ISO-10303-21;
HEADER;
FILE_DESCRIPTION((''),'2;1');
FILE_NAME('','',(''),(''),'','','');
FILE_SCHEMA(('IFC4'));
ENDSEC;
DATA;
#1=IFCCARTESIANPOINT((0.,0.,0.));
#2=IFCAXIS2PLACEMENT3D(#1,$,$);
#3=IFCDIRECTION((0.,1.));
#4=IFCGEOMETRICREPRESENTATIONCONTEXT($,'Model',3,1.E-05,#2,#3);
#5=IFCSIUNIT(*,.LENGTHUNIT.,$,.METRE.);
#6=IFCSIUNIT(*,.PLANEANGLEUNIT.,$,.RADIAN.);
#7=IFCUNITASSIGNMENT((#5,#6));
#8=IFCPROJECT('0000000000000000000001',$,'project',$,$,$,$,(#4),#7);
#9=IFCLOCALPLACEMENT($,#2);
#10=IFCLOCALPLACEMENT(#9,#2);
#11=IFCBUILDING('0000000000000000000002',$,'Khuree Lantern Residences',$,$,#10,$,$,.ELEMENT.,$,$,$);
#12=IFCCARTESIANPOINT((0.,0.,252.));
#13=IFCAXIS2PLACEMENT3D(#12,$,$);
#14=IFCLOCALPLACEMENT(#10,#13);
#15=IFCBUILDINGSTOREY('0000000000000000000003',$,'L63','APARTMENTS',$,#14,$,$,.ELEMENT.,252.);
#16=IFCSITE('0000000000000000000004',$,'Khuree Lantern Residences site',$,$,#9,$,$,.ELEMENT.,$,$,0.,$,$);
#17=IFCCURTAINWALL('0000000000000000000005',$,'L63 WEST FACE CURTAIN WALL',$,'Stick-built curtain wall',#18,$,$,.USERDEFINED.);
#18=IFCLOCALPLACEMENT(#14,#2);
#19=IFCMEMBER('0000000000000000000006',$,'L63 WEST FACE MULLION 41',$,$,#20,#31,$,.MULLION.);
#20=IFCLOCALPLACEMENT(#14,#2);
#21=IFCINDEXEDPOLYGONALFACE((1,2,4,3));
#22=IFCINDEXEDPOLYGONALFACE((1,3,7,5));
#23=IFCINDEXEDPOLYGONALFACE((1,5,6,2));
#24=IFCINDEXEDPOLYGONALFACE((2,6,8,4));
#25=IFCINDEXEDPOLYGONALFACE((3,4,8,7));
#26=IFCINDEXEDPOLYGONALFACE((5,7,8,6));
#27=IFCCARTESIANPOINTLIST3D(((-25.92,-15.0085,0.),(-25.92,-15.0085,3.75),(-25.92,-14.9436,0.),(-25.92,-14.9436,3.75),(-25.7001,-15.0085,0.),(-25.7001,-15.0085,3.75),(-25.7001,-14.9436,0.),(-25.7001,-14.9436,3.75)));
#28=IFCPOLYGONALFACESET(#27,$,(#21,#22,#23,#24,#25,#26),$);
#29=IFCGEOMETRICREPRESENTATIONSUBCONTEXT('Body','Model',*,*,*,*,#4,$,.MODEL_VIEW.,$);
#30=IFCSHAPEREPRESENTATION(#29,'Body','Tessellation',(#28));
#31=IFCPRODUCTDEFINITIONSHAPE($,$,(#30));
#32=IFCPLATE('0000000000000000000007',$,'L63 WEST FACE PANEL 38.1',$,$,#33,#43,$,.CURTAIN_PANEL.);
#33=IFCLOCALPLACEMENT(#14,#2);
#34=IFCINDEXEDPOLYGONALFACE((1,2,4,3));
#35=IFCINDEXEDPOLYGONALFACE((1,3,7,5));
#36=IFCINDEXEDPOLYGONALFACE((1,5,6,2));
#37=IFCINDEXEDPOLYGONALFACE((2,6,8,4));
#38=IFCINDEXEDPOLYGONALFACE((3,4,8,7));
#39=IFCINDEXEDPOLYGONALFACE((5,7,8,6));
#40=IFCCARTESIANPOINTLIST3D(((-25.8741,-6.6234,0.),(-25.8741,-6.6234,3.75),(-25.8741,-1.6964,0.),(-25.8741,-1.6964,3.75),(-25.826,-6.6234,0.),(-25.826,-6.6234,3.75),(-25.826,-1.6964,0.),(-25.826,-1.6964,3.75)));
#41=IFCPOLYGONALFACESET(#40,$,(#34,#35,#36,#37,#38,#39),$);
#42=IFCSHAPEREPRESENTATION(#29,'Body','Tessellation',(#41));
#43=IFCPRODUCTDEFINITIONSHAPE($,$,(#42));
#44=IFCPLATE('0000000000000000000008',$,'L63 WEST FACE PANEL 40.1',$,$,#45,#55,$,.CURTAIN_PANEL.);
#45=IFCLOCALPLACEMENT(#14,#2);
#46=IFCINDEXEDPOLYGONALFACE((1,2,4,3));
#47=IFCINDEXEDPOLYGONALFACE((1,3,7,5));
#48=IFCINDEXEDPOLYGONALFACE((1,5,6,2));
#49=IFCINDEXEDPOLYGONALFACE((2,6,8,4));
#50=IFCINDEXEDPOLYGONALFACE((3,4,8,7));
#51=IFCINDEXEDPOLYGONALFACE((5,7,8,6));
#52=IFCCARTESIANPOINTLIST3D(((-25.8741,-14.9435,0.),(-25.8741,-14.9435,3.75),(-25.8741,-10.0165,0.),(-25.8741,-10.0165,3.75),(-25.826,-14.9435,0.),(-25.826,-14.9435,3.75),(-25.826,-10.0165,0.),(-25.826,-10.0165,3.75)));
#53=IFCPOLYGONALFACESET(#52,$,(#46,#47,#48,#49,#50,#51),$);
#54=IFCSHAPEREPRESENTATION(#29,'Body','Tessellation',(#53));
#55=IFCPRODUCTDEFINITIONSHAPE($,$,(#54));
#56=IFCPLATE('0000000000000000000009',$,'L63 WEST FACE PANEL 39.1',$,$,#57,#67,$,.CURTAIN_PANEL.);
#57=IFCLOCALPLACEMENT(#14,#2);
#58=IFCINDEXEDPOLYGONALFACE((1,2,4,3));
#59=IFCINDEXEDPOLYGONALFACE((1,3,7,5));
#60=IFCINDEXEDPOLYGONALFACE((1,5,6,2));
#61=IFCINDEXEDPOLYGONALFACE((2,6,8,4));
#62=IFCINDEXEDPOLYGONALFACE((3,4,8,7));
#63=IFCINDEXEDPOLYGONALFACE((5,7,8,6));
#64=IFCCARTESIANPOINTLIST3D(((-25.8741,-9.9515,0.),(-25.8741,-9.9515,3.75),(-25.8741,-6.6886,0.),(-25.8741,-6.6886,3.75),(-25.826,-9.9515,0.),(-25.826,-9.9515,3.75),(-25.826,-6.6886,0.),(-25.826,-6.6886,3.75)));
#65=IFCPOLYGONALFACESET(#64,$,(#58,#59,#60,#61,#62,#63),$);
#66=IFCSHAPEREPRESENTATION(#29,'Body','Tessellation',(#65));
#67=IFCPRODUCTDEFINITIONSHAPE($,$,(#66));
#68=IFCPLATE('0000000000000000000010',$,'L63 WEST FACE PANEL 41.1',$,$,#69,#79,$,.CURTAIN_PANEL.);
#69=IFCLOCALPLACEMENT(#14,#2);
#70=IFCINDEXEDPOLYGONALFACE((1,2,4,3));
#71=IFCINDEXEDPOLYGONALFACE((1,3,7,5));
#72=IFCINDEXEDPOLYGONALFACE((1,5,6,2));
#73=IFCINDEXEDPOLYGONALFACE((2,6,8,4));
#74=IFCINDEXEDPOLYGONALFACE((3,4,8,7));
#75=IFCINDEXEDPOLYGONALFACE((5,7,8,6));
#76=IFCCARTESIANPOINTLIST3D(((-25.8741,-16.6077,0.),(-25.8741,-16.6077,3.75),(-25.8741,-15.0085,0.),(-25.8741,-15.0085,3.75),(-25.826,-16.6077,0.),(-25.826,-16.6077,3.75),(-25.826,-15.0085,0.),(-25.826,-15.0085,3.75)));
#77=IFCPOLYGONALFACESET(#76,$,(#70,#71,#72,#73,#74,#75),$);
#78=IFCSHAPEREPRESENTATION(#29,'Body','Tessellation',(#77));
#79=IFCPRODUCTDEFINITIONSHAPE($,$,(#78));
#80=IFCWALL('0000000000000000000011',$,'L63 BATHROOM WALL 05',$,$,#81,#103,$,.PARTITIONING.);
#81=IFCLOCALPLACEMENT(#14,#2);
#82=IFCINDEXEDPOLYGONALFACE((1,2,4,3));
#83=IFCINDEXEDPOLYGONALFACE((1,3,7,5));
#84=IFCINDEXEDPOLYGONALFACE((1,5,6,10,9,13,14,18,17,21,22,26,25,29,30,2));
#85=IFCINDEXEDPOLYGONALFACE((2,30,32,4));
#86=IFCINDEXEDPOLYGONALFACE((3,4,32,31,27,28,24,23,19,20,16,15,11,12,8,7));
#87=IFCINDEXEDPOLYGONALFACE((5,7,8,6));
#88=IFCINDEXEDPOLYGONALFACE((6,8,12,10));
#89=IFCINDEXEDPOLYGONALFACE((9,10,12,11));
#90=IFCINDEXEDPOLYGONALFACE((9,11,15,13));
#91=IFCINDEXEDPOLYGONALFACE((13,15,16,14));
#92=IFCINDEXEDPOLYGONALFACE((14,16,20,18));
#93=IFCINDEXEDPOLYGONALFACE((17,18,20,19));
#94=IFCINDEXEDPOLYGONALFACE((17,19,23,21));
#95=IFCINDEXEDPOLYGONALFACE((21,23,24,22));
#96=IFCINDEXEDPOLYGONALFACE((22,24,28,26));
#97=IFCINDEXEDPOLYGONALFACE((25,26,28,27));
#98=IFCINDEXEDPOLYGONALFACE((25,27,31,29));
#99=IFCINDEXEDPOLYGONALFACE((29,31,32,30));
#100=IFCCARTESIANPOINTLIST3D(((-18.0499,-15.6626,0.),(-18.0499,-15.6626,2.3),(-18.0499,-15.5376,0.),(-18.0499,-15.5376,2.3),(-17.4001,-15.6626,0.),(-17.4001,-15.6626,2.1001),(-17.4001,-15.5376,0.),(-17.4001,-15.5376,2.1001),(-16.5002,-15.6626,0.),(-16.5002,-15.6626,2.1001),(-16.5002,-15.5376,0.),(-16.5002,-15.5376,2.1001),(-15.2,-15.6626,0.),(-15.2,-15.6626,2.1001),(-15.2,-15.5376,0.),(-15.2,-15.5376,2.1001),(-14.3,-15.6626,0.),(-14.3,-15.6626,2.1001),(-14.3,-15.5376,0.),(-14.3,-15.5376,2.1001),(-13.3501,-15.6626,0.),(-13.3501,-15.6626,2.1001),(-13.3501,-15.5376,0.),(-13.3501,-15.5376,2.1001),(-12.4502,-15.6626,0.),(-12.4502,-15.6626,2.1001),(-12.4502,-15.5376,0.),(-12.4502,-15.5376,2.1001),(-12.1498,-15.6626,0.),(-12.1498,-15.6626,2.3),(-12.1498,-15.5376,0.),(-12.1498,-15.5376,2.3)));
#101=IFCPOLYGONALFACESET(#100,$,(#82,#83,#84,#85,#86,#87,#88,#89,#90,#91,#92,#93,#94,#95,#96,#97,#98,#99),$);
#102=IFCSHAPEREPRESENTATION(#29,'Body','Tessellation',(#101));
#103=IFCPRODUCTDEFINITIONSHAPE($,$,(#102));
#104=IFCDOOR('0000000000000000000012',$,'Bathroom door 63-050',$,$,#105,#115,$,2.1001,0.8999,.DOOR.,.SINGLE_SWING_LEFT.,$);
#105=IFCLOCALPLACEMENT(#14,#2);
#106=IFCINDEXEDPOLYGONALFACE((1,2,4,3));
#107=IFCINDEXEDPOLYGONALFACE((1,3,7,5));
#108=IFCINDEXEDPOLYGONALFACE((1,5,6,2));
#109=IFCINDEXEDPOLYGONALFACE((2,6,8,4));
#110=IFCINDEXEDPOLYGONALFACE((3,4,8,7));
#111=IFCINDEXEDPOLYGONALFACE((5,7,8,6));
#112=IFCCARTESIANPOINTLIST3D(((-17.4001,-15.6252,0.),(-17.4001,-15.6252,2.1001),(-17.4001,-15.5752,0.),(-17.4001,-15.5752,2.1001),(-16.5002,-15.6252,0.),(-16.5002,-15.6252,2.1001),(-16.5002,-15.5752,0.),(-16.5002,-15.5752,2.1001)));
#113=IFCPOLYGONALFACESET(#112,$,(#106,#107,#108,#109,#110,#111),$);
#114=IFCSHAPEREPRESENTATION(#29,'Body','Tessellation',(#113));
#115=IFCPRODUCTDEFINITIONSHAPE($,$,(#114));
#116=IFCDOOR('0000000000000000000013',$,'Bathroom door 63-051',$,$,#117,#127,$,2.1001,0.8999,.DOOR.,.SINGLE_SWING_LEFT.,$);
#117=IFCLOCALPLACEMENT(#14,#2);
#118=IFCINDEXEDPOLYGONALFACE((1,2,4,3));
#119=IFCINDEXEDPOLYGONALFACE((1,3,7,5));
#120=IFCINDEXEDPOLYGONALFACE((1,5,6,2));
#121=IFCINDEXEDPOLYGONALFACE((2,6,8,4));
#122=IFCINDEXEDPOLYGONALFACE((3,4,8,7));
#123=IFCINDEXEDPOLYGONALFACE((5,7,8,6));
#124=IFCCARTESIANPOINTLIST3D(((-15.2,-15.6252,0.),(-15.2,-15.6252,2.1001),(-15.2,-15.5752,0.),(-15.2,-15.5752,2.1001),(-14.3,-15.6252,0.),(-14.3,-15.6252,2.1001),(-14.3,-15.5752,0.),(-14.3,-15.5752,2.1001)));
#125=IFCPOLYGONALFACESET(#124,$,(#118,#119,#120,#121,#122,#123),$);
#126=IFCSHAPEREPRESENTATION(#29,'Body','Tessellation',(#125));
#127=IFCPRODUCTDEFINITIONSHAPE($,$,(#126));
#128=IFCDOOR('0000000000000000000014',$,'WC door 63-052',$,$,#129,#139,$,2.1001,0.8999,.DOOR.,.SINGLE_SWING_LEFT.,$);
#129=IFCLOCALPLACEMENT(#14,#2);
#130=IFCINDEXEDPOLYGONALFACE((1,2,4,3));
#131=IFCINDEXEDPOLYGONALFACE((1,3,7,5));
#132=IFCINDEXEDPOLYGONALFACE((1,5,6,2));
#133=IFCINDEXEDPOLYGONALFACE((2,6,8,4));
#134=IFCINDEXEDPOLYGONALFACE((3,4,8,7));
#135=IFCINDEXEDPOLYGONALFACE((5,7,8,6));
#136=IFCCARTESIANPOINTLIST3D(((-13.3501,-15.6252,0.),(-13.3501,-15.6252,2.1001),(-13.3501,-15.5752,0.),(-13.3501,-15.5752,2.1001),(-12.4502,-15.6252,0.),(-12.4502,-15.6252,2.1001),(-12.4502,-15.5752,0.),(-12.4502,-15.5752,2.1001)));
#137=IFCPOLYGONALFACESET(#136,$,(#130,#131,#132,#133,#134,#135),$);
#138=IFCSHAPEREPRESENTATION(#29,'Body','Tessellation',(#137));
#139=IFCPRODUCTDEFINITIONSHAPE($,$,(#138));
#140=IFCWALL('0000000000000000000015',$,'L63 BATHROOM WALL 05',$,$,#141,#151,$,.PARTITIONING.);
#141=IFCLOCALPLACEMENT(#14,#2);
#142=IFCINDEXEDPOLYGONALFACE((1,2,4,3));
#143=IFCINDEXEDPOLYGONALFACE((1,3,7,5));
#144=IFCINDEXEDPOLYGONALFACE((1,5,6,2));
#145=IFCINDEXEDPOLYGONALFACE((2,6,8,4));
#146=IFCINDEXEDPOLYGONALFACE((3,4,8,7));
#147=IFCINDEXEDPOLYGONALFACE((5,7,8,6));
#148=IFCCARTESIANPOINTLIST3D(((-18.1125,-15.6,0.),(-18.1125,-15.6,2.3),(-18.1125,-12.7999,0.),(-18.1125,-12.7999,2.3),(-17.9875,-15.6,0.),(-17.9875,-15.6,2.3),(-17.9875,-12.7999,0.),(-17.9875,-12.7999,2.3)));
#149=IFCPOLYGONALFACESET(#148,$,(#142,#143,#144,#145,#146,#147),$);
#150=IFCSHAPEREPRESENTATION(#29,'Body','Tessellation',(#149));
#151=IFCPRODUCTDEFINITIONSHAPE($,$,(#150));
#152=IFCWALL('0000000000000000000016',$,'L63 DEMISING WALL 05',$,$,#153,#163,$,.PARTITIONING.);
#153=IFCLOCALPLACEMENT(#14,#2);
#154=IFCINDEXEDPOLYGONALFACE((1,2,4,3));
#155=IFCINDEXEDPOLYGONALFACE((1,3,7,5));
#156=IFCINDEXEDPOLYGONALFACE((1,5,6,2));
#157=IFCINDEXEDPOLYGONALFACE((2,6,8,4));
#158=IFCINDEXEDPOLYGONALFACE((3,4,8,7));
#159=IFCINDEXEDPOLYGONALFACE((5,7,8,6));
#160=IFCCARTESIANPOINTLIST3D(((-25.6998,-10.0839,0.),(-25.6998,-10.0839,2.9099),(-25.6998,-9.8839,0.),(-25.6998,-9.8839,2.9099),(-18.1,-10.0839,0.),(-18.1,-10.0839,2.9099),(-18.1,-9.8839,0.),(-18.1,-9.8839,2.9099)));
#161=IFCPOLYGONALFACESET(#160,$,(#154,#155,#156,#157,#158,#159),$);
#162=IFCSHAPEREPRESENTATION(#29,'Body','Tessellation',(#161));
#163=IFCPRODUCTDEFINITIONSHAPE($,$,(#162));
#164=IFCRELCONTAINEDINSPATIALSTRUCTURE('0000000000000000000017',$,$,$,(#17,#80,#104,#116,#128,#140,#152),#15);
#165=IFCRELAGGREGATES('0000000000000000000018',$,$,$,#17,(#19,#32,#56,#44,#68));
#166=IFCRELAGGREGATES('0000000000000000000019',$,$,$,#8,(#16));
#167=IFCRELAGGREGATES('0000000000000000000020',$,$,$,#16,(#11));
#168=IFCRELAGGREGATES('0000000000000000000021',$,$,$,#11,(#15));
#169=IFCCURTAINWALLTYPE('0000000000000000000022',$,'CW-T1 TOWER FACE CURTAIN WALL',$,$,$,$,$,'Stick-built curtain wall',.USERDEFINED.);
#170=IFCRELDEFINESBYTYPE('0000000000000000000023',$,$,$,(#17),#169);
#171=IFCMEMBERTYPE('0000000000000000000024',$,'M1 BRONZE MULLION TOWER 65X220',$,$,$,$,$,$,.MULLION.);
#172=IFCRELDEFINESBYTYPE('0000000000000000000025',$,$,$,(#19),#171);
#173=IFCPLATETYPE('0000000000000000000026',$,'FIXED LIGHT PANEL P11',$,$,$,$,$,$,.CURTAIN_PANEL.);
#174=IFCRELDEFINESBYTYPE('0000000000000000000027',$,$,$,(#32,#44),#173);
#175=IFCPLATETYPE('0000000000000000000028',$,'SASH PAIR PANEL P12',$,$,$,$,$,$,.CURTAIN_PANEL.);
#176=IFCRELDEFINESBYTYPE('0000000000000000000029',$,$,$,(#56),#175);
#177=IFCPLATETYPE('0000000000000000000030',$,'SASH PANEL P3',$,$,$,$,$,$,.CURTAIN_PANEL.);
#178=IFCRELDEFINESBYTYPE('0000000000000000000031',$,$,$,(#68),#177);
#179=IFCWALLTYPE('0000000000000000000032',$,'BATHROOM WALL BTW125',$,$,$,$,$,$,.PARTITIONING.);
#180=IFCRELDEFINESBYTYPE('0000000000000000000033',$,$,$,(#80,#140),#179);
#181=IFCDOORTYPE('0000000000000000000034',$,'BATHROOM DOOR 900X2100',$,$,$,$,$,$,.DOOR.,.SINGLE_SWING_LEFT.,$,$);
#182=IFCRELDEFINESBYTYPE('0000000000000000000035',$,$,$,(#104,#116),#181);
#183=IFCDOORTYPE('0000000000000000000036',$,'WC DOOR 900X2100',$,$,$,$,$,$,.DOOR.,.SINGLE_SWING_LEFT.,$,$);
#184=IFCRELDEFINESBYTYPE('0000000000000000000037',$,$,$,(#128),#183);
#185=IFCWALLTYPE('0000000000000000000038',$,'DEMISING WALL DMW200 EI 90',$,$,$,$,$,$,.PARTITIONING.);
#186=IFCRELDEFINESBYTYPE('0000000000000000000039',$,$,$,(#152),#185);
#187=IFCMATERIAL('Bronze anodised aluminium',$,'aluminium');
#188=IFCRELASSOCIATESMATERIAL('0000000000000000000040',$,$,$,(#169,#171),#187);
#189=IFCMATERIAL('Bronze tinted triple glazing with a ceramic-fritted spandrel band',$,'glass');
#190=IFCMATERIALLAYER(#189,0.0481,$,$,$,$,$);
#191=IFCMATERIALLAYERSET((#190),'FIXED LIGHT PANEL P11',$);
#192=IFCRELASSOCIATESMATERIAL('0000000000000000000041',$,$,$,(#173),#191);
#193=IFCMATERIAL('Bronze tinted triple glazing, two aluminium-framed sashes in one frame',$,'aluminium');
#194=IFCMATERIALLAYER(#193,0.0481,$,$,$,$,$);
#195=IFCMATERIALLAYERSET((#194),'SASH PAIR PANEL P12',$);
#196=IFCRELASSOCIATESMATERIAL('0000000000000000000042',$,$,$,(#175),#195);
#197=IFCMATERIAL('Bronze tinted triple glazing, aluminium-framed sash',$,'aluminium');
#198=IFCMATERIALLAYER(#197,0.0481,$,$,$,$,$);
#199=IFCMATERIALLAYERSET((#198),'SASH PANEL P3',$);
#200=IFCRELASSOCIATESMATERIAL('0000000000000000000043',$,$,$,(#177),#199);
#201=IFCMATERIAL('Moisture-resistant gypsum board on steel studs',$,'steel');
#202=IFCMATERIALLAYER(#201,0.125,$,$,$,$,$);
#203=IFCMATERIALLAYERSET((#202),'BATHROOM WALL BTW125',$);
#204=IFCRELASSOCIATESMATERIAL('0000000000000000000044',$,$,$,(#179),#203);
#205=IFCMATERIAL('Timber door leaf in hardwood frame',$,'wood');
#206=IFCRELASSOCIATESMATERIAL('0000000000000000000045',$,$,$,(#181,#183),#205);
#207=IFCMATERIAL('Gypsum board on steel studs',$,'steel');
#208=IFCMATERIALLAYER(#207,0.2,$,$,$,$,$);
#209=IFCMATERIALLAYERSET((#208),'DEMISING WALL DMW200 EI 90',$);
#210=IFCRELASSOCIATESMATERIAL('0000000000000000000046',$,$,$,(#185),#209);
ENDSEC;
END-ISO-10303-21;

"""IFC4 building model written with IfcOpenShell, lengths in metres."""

from ifc_helpers import new_model, si_unit, direction, frame, frame_2d, origin, origin_2d, place, context, subcontext, project, spatial, rectangle, extrude, material, layer, layer_set, material_profile, profile_set, type_object, element, fill, aggregate, save


model = new_model("IFC4")

# Units and contexts
model_context = context("Model", 3, precision=1e-05, world=origin(), true_north=direction((0.0, 1.0)))
body_context = subcontext(model_context, "Body", "Model", "MODEL_VIEW")
ifc_project = project(units=[si_unit("LENGTHUNIT", "METRE"), si_unit("PLANEANGLEUNIT", "RADIAN")], contexts=[model_context])

# Site, building, storey
site_placement = place(None, origin())
site = spatial("IfcSite", under=ifc_project, at=site_placement, Name="Khuree Lantern Residences site", CompositionType="ELEMENT", RefElevation=0.0)
building_placement = place(site_placement, origin())
building = spatial("IfcBuilding", under=site, at=building_placement, Name="Khuree Lantern Residences", CompositionType="ELEMENT")
storey_placement = place(building_placement, frame((0.0, 0.0, 252.0)))
storey = spatial("IfcBuildingStorey", under=building, at=storey_placement, Name="L63", Description="APARTMENTS", CompositionType="ELEMENT", Elevation=252.0)

# Curtain wall
ifc_material_1 = material(Name="Bronze anodised aluminium", Category="aluminium")
curtain_wall_type = type_object("IfcCurtainWallType", Name="CW-T1 TOWER FACE CURTAIN WALL", ElementType="Stick-built curtain wall", PredefinedType="USERDEFINED", material=ifc_material_1)
curtain_wall_placement = place(storey_placement, origin())
curtain_wall = element("IfcCurtainWall", 1, at=curtain_wall_placement, inside=storey, type_object=curtain_wall_type, Name="L63 WEST FACE CURTAIN WALL", ObjectType="Stick-built curtain wall", PredefinedType="USERDEFINED")

# Member
ifc_material_profile_1 = material_profile(ifc_material_1, rectangle(XDim=0.0649, YDim=0.22, at=origin_2d()), Name="M1 65X220")
ifc_profile_set_1 = profile_set([ifc_material_profile_1], Name="Bronze anodised aluminium")
member_type_1 = type_object("IfcMemberType", Name="M1 BRONZE MULLION TOWER 65X220", PredefinedType="MULLION", material=ifc_profile_set_1)
member_1_placement = place(storey_placement, frame((-25.8101, -14.9761, 0.0), z_axis=(0.0, 0.0, 1.0), x_axis=(0.0, -1.0, 0.0)))
member_1 = element("IfcMember", 2, at=member_1_placement, type_object=member_type_1, Name="L63 WEST FACE MULLION 41", PredefinedType="MULLION", context=body_context, shape_type="SweptSolid", body=[
    extrude(rectangle(XDim=0.0649, YDim=0.22, at=origin_2d()), origin(), (0.0, 0.0, 1.0), 3.75),
])

# Plates
ifc_material_2 = material(Name="Bronze tinted triple glazing with a ceramic-fritted spandrel band", Category="glass")
ifc_layer_1 = layer(ifc_material_2, 0.0481)
ifc_layer_set_1 = layer_set([ifc_layer_1], Name="FIXED LIGHT PANEL P11")
plate_type_1 = type_object("IfcPlateType", Name="FIXED LIGHT PANEL P11", PredefinedType="CURTAIN_PANEL", material=ifc_layer_set_1)
plate_1_placement = place(storey_placement, frame((-25.8501, -4.1599, 0.0), z_axis=(0.0, 0.0, 1.0), x_axis=(0.0, -1.0, 0.0)))
plate_1 = element("IfcPlate", 3, at=plate_1_placement, type_object=plate_type_1, Name="L63 WEST FACE PANEL 38.1", PredefinedType="CURTAIN_PANEL", context=body_context, shape_type="SweptSolid", body=[
    extrude(rectangle(XDim=4.927, YDim=0.0481, at=origin_2d()), origin(), (0.0, 0.0, 1.0), 3.75),
])
plate_2_placement = place(storey_placement, frame((-25.8501, -12.48, 0.0), z_axis=(0.0, 0.0, 1.0), x_axis=(0.0, -1.0, 0.0)))
plate_2 = element("IfcPlate", 4, at=plate_2_placement, type_object=plate_type_1, Name="L63 WEST FACE PANEL 40.1", PredefinedType="CURTAIN_PANEL", context=body_context, shape_type="SweptSolid", body=[
    extrude(rectangle(XDim=4.927, YDim=0.0481, at=origin_2d()), origin(), (0.0, 0.0, 1.0), 3.75),
])
ifc_material_3 = material(Name="Bronze tinted triple glazing, two aluminium-framed sashes in one frame", Category="aluminium")
ifc_layer_2 = layer(ifc_material_3, 0.0481)
ifc_layer_set_2 = layer_set([ifc_layer_2], Name="SASH PAIR PANEL P12")
plate_type_2 = type_object("IfcPlateType", Name="SASH PAIR PANEL P12", PredefinedType="CURTAIN_PANEL", material=ifc_layer_set_2)
plate_3_placement = place(storey_placement, frame((-25.8501, -8.3201, 0.0), z_axis=(0.0, 0.0, 1.0), x_axis=(0.0, -1.0, 0.0)))
plate_3 = element("IfcPlate", 5, at=plate_3_placement, type_object=plate_type_2, Name="L63 WEST FACE PANEL 39.1", PredefinedType="CURTAIN_PANEL", context=body_context, shape_type="SweptSolid", body=[
    extrude(rectangle(XDim=3.2629, YDim=0.0481, at=origin_2d()), origin(), (0.0, 0.0, 1.0), 3.75),
])
ifc_material_4 = material(Name="Bronze tinted triple glazing, aluminium-framed sash", Category="aluminium")
ifc_layer_3 = layer(ifc_material_4, 0.0481)
ifc_layer_set_3 = layer_set([ifc_layer_3], Name="SASH PANEL P3")
plate_type_3 = type_object("IfcPlateType", Name="SASH PANEL P3", PredefinedType="CURTAIN_PANEL", material=ifc_layer_set_3)
plate_4_placement = place(storey_placement, frame((-25.8501, -15.8081, 0.0), z_axis=(0.0, 0.0, 1.0), x_axis=(0.0, -1.0, 0.0)))
plate_4 = element("IfcPlate", 6, at=plate_4_placement, type_object=plate_type_3, Name="L63 WEST FACE PANEL 41.1", PredefinedType="CURTAIN_PANEL", context=body_context, shape_type="SweptSolid", body=[
    extrude(rectangle(XDim=1.5991, YDim=0.0481, at=origin_2d()), origin(), (0.0, 0.0, 1.0), 3.75),
])
aggregate(curtain_wall, [member_1, plate_1, plate_3, plate_2, plate_4])

# Wall, openings, doors
ifc_material_5 = material(Name="Moisture-resistant gypsum board on steel studs", Category="steel")
ifc_layer_4 = layer(ifc_material_5, 0.125)
ifc_layer_set_4 = layer_set([ifc_layer_4], Name="BATHROOM WALL BTW125")
wall_type_1 = type_object("IfcWallType", Name="BATHROOM WALL BTW125", PredefinedType="PARTITIONING", material=ifc_layer_set_4)
wall_1_placement = place(storey_placement, frame((-18.05, -15.6001, 0.0), z_axis=(0.0, 0.0, 1.0), x_axis=(1.0, 0.0, 0.0)))
wall_1 = element("IfcWall", 7, at=wall_1_placement, inside=storey, type_object=wall_type_1, Name="L63 BATHROOM WALL 05", PredefinedType="PARTITIONING", context=body_context, shape_type="SweptSolid", body=[
    extrude(rectangle(XDim=5.9001, YDim=0.125, at=frame_2d((2.9502, 0.0))), origin(), (0.0, 0.0, 1.0), 2.3),
])
opening_1_placement = place(wall_1_placement, frame((0.6499, 0.0, 0.0)))
opening_1 = element("IfcOpeningElement", 8, at=opening_1_placement, cuts=wall_1, PredefinedType="OPENING", context=body_context, shape_type="SweptSolid", body=[
    extrude(rectangle(XDim=0.8999, YDim=2.1001, at=frame_2d((0.45, 1.05))), frame((0.0, 0.0725, 0.0), z_axis=(0.0, -1.0, 0.0), x_axis=(1.0, 0.0, 0.0)), (0.0, 0.0, 1.0), 0.145),
])
opening_2_placement = place(wall_1_placement, frame((2.8501, 0.0, 0.0)))
opening_2 = element("IfcOpeningElement", 9, at=opening_2_placement, cuts=wall_1, PredefinedType="OPENING", context=body_context, shape_type="SweptSolid", body=[
    extrude(rectangle(XDim=0.8999, YDim=2.1001, at=frame_2d((0.45, 1.05))), frame((0.0, 0.0725, 0.0), z_axis=(0.0, -1.0, 0.0), x_axis=(1.0, 0.0, 0.0)), (0.0, 0.0, 1.0), 0.145),
])
opening_3_placement = place(wall_1_placement, frame((4.7, 0.0, 0.0)))
opening_3 = element("IfcOpeningElement", 10, at=opening_3_placement, cuts=wall_1, PredefinedType="OPENING", context=body_context, shape_type="SweptSolid", body=[
    extrude(rectangle(XDim=0.8999, YDim=2.1001, at=frame_2d((0.45, 1.05))), frame((0.0, 0.0725, 0.0), z_axis=(0.0, -1.0, 0.0), x_axis=(1.0, 0.0, 0.0)), (0.0, 0.0, 1.0), 0.145),
])
ifc_material_6 = material(Name="Timber door leaf in hardwood frame", Category="wood")
door_type_1 = type_object("IfcDoorType", Name="BATHROOM DOOR 900X2100", OperationType="SINGLE_SWING_LEFT", PredefinedType="DOOR", material=ifc_material_6)
door_1_placement = place(opening_1_placement, origin())
door_1 = element("IfcDoor", 11, at=door_1_placement, inside=storey, type_object=door_type_1, Name="Bathroom door 63-050", OperationType="SINGLE_SWING_LEFT", OverallHeight=2.1001, OverallWidth=0.8999, PredefinedType="DOOR", context=body_context, shape_type="SweptSolid", body=[
    extrude(rectangle(XDim=0.8999, YDim=2.1001, at=frame_2d((0.45, 1.05))), frame((0.0, 0.0249, 0.0), z_axis=(0.0, -1.0, 0.0), x_axis=(1.0, 0.0, 0.0)), (0.0, 0.0, 1.0), 0.05),
])
fill(opening_1, door_1)
door_2_placement = place(opening_2_placement, origin())
door_2 = element("IfcDoor", 12, at=door_2_placement, inside=storey, type_object=door_type_1, Name="Bathroom door 63-051", OperationType="SINGLE_SWING_LEFT", OverallHeight=2.1001, OverallWidth=0.8999, PredefinedType="DOOR", context=body_context, shape_type="SweptSolid", body=[
    extrude(rectangle(XDim=0.8999, YDim=2.1001, at=frame_2d((0.45, 1.05))), frame((0.0, 0.0249, 0.0), z_axis=(0.0, -1.0, 0.0), x_axis=(1.0, 0.0, 0.0)), (0.0, 0.0, 1.0), 0.05),
])
fill(opening_2, door_2)
door_type_2 = type_object("IfcDoorType", Name="WC DOOR 900X2100", OperationType="SINGLE_SWING_LEFT", PredefinedType="DOOR", material=ifc_material_6)
door_3_placement = place(opening_3_placement, origin())
door_3 = element("IfcDoor", 13, at=door_3_placement, inside=storey, type_object=door_type_2, Name="WC door 63-052", OperationType="SINGLE_SWING_LEFT", OverallHeight=2.1001, OverallWidth=0.8999, PredefinedType="DOOR", context=body_context, shape_type="SweptSolid", body=[
    extrude(rectangle(XDim=0.8999, YDim=2.1001, at=frame_2d((0.45, 1.05))), frame((0.0, 0.0249, 0.0), z_axis=(0.0, -1.0, 0.0), x_axis=(1.0, 0.0, 0.0)), (0.0, 0.0, 1.0), 0.05),
])
fill(opening_3, door_3)

# Walls
wall_2_placement = place(storey_placement, frame((-18.05, -12.8, 0.0), z_axis=(0.0, 0.0, 1.0), x_axis=(0.0, -1.0, 0.0)))
element("IfcWall", 14, at=wall_2_placement, inside=storey, type_object=wall_type_1, Name="L63 BATHROOM WALL 05", PredefinedType="PARTITIONING", context=body_context, shape_type="SweptSolid", body=[
    extrude(rectangle(XDim=2.8, YDim=0.125, at=frame_2d((1.3999, 0.0))), origin(), (0.0, 0.0, 1.0), 2.3),
])
ifc_material_7 = material(Name="Gypsum board on steel studs", Category="steel")
ifc_layer_5 = layer(ifc_material_7, 0.2)
ifc_layer_set_5 = layer_set([ifc_layer_5], Name="DEMISING WALL DMW200 EI 90")
wall_type_2 = type_object("IfcWallType", Name="DEMISING WALL DMW200 EI 90", PredefinedType="PARTITIONING", material=ifc_layer_set_5)
wall_3_placement = place(storey_placement, frame((-18.1001, -9.9839, 0.0), z_axis=(0.0, 0.0, 1.0), x_axis=(-1.0, 0.0, 0.0)))
element("IfcWall", 15, at=wall_3_placement, inside=storey, type_object=wall_type_2, Name="L63 DEMISING WALL 05", PredefinedType="PARTITIONING", context=body_context, shape_type="SweptSolid", body=[
    extrude(rectangle(XDim=7.5999, YDim=0.2, at=frame_2d((3.7998, 0.0))), origin(), (0.0, 0.0, 1.0), 2.9099),
])

save(model, "model.ifc")
